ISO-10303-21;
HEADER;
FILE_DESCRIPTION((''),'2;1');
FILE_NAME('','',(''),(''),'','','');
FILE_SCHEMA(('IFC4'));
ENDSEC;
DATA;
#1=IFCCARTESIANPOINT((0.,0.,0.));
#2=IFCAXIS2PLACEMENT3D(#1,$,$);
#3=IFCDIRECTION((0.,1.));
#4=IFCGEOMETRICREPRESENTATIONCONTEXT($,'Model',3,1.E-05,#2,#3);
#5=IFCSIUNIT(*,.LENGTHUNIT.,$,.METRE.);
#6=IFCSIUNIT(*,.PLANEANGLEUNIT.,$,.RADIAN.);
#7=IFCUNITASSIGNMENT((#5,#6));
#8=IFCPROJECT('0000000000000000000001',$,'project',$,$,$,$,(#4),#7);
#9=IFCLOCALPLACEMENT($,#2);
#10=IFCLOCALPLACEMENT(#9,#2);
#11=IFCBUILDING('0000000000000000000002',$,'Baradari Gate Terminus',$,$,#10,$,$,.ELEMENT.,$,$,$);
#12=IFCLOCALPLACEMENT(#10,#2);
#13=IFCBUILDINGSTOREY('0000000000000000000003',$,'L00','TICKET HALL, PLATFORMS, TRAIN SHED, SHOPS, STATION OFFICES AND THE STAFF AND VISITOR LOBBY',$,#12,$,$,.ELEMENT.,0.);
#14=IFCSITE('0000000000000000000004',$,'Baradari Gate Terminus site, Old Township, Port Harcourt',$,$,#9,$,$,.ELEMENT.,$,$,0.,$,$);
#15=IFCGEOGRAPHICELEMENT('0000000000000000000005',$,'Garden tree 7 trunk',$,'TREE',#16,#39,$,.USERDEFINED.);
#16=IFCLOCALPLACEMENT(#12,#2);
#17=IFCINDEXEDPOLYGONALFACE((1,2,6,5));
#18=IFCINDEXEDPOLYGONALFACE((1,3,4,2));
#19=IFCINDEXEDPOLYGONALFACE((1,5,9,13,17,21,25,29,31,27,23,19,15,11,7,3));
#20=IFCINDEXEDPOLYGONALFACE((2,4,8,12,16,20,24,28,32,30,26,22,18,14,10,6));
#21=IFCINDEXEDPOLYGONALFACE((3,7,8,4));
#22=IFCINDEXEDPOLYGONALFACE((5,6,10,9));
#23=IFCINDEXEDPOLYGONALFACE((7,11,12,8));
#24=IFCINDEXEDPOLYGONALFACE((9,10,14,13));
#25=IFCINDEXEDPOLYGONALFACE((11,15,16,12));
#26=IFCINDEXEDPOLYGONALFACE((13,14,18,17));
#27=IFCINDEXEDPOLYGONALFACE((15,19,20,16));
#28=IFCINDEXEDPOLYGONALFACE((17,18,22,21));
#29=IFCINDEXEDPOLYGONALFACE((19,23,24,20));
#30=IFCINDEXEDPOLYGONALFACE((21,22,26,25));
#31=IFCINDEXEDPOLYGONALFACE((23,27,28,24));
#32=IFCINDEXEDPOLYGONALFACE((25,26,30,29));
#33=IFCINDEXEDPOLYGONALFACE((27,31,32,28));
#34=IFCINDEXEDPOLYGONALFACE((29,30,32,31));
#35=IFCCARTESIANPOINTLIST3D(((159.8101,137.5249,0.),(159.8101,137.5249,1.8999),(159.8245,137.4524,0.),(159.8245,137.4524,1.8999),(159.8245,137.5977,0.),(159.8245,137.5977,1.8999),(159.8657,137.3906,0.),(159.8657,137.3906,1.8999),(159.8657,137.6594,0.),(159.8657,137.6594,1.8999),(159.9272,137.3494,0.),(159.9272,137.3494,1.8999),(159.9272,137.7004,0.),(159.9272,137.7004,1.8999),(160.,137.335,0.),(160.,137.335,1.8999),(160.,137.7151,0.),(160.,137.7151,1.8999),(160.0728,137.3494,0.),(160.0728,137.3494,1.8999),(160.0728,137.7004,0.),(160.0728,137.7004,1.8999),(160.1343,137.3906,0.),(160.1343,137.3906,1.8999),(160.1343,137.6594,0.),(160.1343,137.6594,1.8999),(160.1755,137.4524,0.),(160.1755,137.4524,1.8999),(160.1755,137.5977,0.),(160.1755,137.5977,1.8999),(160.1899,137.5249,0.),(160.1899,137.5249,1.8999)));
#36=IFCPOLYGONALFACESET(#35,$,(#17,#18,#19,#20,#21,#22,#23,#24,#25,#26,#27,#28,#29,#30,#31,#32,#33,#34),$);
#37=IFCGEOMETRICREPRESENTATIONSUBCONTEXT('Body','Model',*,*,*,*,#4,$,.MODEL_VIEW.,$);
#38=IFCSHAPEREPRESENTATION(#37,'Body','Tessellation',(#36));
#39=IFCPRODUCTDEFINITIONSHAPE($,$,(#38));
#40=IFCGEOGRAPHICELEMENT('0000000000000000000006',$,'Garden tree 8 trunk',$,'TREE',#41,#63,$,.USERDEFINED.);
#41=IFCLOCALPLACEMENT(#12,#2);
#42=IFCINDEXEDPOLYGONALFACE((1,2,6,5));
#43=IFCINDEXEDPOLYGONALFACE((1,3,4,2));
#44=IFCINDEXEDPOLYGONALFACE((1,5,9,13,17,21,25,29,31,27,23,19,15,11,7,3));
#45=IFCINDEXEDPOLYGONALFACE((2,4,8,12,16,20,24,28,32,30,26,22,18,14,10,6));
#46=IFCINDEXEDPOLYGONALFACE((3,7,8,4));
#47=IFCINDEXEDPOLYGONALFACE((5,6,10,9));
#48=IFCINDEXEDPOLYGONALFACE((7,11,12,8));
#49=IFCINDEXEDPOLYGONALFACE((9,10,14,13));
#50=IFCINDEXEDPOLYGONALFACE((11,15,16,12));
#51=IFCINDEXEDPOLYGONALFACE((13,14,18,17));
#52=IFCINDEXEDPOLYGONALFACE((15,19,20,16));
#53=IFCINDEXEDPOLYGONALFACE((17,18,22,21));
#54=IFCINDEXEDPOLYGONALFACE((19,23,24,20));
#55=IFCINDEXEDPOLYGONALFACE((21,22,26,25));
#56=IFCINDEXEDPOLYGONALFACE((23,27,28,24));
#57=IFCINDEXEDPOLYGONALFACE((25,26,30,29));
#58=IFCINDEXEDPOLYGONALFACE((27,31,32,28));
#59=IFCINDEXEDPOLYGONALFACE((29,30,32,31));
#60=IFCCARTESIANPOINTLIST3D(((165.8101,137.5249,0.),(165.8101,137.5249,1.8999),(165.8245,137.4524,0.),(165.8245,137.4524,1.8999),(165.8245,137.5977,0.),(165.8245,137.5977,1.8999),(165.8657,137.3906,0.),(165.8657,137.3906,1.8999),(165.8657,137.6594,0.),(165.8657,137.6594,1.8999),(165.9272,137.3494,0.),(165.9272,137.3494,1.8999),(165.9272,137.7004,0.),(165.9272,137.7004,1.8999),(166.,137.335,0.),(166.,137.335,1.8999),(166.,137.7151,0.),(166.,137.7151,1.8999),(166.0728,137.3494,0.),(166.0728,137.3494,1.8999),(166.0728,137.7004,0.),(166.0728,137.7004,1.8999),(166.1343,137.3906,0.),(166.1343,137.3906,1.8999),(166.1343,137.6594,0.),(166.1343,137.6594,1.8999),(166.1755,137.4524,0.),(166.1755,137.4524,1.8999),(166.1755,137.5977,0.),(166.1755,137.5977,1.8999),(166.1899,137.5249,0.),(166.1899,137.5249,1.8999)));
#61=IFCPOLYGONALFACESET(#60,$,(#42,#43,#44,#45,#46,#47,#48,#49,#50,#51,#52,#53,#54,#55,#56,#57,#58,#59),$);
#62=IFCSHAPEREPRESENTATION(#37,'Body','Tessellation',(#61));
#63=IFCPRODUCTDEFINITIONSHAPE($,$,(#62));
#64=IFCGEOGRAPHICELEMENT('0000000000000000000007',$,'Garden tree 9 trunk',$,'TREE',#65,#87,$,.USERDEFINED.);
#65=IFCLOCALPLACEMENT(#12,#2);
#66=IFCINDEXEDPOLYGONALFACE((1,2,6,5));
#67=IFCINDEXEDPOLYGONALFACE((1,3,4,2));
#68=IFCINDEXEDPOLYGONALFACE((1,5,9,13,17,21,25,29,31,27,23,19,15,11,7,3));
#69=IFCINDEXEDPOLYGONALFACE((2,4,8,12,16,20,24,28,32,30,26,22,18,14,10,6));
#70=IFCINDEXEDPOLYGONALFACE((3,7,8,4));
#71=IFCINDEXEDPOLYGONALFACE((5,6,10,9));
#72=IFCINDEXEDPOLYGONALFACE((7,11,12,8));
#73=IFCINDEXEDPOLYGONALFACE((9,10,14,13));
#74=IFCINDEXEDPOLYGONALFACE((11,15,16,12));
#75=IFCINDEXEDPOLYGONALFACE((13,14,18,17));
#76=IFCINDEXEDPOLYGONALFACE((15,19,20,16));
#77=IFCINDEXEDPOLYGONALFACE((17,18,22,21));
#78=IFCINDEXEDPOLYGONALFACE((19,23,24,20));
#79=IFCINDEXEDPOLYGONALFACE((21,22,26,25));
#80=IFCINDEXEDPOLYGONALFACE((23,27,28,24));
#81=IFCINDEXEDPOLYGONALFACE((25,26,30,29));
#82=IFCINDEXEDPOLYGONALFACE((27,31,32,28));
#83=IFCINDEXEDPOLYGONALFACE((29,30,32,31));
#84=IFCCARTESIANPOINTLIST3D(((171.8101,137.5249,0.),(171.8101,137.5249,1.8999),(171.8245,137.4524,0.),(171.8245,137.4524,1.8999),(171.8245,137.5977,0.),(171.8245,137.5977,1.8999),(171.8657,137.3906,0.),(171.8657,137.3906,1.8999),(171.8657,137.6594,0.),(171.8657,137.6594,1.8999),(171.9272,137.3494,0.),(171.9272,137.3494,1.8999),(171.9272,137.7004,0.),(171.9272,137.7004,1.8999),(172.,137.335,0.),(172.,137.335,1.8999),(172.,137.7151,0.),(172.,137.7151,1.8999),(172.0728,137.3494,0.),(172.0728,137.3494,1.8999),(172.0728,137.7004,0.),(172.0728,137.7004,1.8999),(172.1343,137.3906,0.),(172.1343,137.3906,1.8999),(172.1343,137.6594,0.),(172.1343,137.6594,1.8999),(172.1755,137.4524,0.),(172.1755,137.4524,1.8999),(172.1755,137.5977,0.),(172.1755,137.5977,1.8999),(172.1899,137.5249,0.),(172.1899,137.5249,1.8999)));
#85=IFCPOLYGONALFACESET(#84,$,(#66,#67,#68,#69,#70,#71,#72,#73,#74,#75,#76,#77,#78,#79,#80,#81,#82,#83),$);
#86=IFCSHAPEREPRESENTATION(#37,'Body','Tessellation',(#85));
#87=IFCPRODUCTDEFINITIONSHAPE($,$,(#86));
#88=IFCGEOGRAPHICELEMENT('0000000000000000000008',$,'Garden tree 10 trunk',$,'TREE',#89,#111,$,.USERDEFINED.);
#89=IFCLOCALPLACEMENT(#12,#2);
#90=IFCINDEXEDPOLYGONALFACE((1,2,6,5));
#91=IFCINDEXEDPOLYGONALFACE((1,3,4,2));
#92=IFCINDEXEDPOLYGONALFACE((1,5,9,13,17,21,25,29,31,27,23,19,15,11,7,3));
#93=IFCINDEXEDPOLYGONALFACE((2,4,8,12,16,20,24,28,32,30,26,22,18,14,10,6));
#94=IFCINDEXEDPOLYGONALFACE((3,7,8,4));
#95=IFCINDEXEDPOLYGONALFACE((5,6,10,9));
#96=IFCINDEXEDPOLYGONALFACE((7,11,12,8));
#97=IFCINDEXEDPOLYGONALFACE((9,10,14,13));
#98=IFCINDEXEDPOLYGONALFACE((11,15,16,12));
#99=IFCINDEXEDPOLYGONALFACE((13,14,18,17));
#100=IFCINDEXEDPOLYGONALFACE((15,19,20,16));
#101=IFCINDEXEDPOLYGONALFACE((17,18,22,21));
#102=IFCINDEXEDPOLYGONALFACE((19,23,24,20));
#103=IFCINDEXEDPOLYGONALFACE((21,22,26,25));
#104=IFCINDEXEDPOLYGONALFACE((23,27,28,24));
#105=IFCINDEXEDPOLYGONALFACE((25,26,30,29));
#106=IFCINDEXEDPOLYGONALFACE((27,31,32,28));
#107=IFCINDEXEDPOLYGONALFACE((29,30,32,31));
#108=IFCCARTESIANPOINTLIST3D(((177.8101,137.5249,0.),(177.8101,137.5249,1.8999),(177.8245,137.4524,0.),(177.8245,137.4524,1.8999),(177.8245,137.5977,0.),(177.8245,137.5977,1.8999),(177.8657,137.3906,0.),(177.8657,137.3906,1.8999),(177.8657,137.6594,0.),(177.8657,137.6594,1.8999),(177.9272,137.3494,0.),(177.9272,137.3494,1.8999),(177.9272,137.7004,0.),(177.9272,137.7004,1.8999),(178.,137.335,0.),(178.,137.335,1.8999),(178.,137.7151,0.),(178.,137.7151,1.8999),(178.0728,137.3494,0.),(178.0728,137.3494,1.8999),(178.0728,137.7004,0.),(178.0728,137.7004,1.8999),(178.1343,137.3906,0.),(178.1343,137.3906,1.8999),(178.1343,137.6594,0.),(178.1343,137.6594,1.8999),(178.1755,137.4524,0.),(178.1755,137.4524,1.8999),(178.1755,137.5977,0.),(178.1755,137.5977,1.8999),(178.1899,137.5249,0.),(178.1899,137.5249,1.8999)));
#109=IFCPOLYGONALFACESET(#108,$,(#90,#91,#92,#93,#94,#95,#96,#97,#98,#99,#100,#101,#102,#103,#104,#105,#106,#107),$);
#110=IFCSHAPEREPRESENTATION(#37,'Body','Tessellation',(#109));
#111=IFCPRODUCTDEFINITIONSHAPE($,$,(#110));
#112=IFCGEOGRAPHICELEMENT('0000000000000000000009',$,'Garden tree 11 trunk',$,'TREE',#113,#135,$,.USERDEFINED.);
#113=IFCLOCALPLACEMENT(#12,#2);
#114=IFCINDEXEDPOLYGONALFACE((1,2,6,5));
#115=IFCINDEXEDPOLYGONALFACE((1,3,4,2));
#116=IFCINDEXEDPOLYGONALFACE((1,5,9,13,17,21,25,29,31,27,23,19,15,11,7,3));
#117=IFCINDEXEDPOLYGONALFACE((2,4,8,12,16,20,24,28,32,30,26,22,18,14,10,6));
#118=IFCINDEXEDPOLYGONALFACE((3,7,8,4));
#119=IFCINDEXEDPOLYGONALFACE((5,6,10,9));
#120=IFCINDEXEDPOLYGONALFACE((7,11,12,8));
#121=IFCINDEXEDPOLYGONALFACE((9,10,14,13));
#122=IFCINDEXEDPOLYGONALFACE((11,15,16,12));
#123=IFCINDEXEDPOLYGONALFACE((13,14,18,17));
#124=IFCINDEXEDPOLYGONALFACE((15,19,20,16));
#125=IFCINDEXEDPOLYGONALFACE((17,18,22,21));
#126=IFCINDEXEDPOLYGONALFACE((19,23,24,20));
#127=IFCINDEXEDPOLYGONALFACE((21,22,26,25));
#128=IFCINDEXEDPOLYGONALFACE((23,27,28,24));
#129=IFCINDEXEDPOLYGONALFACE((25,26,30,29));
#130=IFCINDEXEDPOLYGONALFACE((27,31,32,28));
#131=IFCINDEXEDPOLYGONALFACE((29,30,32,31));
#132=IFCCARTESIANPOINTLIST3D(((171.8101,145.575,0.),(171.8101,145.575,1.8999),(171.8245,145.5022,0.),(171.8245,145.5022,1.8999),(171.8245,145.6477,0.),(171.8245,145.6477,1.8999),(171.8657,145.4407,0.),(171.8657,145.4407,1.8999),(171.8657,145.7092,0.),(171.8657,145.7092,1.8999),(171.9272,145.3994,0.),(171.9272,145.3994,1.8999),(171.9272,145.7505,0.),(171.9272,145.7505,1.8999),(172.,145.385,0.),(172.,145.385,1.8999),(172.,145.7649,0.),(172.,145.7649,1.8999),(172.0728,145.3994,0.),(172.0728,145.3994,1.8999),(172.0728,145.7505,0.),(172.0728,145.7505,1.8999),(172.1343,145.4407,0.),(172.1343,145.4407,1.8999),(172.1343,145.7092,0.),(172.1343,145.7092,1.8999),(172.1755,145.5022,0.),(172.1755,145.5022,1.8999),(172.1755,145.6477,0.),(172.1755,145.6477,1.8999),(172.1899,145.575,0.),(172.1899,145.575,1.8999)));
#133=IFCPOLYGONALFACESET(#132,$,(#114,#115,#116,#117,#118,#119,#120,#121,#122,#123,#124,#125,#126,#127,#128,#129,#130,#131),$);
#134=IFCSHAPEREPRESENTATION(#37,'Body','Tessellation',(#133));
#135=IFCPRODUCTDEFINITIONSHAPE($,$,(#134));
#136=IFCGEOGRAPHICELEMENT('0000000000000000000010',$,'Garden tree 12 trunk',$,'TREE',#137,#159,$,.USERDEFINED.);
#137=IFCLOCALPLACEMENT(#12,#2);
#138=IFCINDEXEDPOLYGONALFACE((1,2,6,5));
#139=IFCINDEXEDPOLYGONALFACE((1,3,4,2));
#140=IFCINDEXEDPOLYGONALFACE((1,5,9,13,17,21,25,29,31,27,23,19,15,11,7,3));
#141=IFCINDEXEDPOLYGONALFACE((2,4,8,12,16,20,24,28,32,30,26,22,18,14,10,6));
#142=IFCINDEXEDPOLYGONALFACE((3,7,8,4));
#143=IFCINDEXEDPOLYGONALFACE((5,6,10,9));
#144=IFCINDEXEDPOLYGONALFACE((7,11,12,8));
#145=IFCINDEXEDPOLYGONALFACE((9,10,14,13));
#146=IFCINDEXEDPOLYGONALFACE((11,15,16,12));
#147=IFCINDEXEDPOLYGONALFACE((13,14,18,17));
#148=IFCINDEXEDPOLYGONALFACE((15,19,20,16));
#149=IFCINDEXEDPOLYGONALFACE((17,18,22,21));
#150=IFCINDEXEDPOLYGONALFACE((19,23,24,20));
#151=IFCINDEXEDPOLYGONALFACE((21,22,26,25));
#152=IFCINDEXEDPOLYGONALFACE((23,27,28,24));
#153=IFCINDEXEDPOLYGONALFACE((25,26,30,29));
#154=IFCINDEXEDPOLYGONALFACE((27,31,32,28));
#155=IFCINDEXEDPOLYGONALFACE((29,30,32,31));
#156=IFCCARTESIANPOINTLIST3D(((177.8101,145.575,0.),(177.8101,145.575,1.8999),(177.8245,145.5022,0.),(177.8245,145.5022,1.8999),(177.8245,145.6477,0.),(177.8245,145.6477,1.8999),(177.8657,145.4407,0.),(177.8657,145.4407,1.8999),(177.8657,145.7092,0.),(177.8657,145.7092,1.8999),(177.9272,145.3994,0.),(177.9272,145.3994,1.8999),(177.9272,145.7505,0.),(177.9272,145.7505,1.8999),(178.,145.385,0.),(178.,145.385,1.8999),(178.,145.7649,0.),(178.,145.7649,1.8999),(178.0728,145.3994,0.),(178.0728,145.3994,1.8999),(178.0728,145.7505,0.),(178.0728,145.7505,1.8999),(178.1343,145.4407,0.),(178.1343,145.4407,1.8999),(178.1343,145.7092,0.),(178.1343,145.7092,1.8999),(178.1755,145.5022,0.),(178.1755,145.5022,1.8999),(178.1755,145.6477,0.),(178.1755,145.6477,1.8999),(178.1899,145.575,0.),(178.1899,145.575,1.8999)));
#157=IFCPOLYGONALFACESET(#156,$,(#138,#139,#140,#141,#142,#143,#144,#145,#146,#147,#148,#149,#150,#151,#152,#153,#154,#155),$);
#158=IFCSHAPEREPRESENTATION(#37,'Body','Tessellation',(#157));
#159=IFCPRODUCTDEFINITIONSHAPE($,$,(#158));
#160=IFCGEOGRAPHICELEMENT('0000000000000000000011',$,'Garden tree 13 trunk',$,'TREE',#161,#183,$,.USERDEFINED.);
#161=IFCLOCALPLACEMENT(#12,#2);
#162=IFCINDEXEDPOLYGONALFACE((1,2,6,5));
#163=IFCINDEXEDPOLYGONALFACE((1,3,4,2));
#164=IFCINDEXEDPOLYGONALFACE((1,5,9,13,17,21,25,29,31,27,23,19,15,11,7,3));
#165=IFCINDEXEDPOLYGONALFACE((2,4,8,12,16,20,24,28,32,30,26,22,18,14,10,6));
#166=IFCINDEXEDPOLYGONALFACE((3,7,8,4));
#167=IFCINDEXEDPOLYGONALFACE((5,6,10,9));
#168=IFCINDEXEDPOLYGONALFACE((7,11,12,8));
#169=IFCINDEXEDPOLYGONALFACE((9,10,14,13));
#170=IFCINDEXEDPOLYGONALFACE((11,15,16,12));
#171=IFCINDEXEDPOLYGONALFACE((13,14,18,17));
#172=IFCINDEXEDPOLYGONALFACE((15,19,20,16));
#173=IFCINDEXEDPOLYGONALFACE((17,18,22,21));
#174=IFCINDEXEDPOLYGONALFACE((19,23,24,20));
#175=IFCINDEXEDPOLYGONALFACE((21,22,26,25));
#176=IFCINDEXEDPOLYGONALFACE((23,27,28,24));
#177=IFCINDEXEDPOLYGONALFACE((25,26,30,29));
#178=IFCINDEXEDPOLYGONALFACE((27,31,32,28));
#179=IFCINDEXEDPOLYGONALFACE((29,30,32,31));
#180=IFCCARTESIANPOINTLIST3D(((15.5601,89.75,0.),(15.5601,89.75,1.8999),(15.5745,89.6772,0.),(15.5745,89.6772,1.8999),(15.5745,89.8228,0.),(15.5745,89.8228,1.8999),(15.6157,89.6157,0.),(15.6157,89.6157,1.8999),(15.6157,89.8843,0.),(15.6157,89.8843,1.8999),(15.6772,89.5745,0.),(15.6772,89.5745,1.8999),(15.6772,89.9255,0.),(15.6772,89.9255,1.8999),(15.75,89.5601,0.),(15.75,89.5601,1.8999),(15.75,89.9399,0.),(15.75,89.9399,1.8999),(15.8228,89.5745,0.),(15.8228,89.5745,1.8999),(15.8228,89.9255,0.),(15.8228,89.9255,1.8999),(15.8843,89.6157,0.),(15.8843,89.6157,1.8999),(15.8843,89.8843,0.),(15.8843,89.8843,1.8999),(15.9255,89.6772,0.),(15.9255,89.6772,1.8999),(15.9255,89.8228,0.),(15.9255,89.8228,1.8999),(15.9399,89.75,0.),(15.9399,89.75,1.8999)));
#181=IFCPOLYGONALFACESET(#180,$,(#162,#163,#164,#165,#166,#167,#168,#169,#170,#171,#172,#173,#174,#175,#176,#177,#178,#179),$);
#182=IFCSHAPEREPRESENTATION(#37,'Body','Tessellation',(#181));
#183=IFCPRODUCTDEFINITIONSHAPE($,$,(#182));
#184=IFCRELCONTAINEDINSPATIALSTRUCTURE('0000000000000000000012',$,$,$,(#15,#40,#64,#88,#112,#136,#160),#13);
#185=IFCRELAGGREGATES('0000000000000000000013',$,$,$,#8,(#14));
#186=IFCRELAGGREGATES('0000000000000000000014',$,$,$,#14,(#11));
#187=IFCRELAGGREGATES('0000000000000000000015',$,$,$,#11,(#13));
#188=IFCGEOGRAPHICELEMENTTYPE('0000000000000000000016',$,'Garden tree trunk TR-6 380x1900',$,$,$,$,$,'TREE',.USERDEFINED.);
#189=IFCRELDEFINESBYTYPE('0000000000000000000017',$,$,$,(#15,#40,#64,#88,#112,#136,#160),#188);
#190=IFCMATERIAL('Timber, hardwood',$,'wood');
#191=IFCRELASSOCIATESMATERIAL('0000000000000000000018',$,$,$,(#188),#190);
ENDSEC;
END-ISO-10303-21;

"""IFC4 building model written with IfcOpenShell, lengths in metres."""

from ifc_helpers import new_model, si_unit, direction, origin, place, context, subcontext, project, spatial, polyline, outline, extrude, material, type_object, element, save


model = new_model("IFC4")

# Units and contexts
model_context = context("Model", 3, precision=1e-05, world=origin(), true_north=direction((0.0, 1.0)))
body_context = subcontext(model_context, "Body", "Model", "MODEL_VIEW")
ifc_project = project(units=[si_unit("LENGTHUNIT", "METRE"), si_unit("PLANEANGLEUNIT", "RADIAN")], contexts=[model_context])

# Site, building, storey
site_placement = place(None, origin())
site = spatial("IfcSite", under=ifc_project, at=site_placement, Name="Baradari Gate Terminus site, Old Township, Port Harcourt", CompositionType="ELEMENT", RefElevation=0.0)
building_placement = place(site_placement, origin())
building = spatial("IfcBuilding", under=site, at=building_placement, Name="Baradari Gate Terminus", CompositionType="ELEMENT")
storey_placement = place(building_placement, origin())
storey = spatial("IfcBuildingStorey", under=building, at=storey_placement, Name="L00", Description="TICKET HALL, PLATFORMS, TRAIN SHED, SHOPS, STATION OFFICES AND THE STAFF AND VISITOR LOBBY", CompositionType="ELEMENT", Elevation=0.0)

# Geographic elements
ifc_material_1 = material(Name="Timber, hardwood", Category="wood")
geographic_element_type_1 = type_object("IfcGeographicElementType", Name="Garden tree trunk TR-6 380x1900", ElementType="TREE", PredefinedType="USERDEFINED", material=ifc_material_1)
geographic_element_1_placement = place(storey_placement, origin())
element("IfcGeographicElement", 1, at=geographic_element_1_placement, inside=storey, type_object=geographic_element_type_1, Name="Garden tree 7 trunk", ObjectType="TREE", PredefinedType="USERDEFINED", context=body_context, shape_type="SweptSolid", body=[
    extrude(outline(polyline([(160.1899, 137.5249), (160.1755, 137.5977), (160.1343, 137.6594), (160.0728, 137.7004), (160.0, 137.7151), (159.9272, 137.7004), (159.8657, 137.6594), (159.8245, 137.5977), (159.8101, 137.5249), (159.8245, 137.4524), (159.8657, 137.3906), (159.9272, 137.3494), (160.0, 137.335), (160.0728, 137.3494), (160.1343, 137.3906), (160.1755, 137.4524), (160.1899, 137.5249)])), origin(), (0.0, 0.0, 1.0), 1.8999),
])
geographic_element_2_placement = place(storey_placement, origin())
element("IfcGeographicElement", 2, at=geographic_element_2_placement, inside=storey, type_object=geographic_element_type_1, Name="Garden tree 8 trunk", ObjectType="TREE", PredefinedType="USERDEFINED", context=body_context, shape_type="SweptSolid", body=[
    extrude(outline(polyline([(166.1899, 137.5249), (166.1755, 137.5977), (166.1343, 137.6594), (166.0728, 137.7004), (166.0, 137.7151), (165.9272, 137.7004), (165.8657, 137.6594), (165.8245, 137.5977), (165.8101, 137.5249), (165.8245, 137.4524), (165.8657, 137.3906), (165.9272, 137.3494), (166.0, 137.335), (166.0728, 137.3494), (166.1343, 137.3906), (166.1755, 137.4524), (166.1899, 137.5249)])), origin(), (0.0, 0.0, 1.0), 1.8999),
])
geographic_element_3_placement = place(storey_placement, origin())
element("IfcGeographicElement", 3, at=geographic_element_3_placement, inside=storey, type_object=geographic_element_type_1, Name="Garden tree 9 trunk", ObjectType="TREE", PredefinedType="USERDEFINED", context=body_context, shape_type="SweptSolid", body=[
    extrude(outline(polyline([(172.1899, 137.5249), (172.1755, 137.5977), (172.1343, 137.6594), (172.0728, 137.7004), (172.0, 137.7151), (171.9272, 137.7004), (171.8657, 137.6594), (171.8245, 137.5977), (171.8101, 137.5249), (171.8245, 137.4524), (171.8657, 137.3906), (171.9272, 137.3494), (172.0, 137.335), (172.0728, 137.3494), (172.1343, 137.3906), (172.1755, 137.4524), (172.1899, 137.5249)])), origin(), (0.0, 0.0, 1.0), 1.8999),
])
geographic_element_4_placement = place(storey_placement, origin())
element("IfcGeographicElement", 4, at=geographic_element_4_placement, inside=storey, type_object=geographic_element_type_1, Name="Garden tree 10 trunk", ObjectType="TREE", PredefinedType="USERDEFINED", context=body_context, shape_type="SweptSolid", body=[
    extrude(outline(polyline([(178.1899, 137.5249), (178.1755, 137.5977), (178.1343, 137.6594), (178.0728, 137.7004), (178.0, 137.7151), (177.9272, 137.7004), (177.8657, 137.6594), (177.8245, 137.5977), (177.8101, 137.5249), (177.8245, 137.4524), (177.8657, 137.3906), (177.9272, 137.3494), (178.0, 137.335), (178.0728, 137.3494), (178.1343, 137.3906), (178.1755, 137.4524), (178.1899, 137.5249)])), origin(), (0.0, 0.0, 1.0), 1.8999),
])
geographic_element_5_placement = place(storey_placement, origin())
element("IfcGeographicElement", 5, at=geographic_element_5_placement, inside=storey, type_object=geographic_element_type_1, Name="Garden tree 11 trunk", ObjectType="TREE", PredefinedType="USERDEFINED", context=body_context, shape_type="SweptSolid", body=[
    extrude(outline(polyline([(172.1899, 145.575), (172.1755, 145.6477), (172.1343, 145.7092), (172.0728, 145.7505), (172.0, 145.7649), (171.9272, 145.7505), (171.8657, 145.7092), (171.8245, 145.6477), (171.8101, 145.575), (171.8245, 145.5022), (171.8657, 145.4407), (171.9272, 145.3994), (172.0, 145.385), (172.0728, 145.3994), (172.1343, 145.4407), (172.1755, 145.5022), (172.1899, 145.575)])), origin(), (0.0, 0.0, 1.0), 1.8999),
])
geographic_element_6_placement = place(storey_placement, origin())
element("IfcGeographicElement", 6, at=geographic_element_6_placement, inside=storey, type_object=geographic_element_type_1, Name="Garden tree 12 trunk", ObjectType="TREE", PredefinedType="USERDEFINED", context=body_context, shape_type="SweptSolid", body=[
    extrude(outline(polyline([(178.1899, 145.575), (178.1755, 145.6477), (178.1343, 145.7092), (178.0728, 145.7505), (178.0, 145.7649), (177.9272, 145.7505), (177.8657, 145.7092), (177.8245, 145.6477), (177.8101, 145.575), (177.8245, 145.5022), (177.8657, 145.4407), (177.9272, 145.3994), (178.0, 145.385), (178.0728, 145.3994), (178.1343, 145.4407), (178.1755, 145.5022), (178.1899, 145.575)])), origin(), (0.0, 0.0, 1.0), 1.8999),
])
geographic_element_7_placement = place(storey_placement, origin())
element("IfcGeographicElement", 7, at=geographic_element_7_placement, inside=storey, type_object=geographic_element_type_1, Name="Garden tree 13 trunk", ObjectType="TREE", PredefinedType="USERDEFINED", context=body_context, shape_type="SweptSolid", body=[
    extrude(outline(polyline([(15.9399, 89.75), (15.9255, 89.8228), (15.8843, 89.8843), (15.8228, 89.9255), (15.75, 89.9399), (15.6772, 89.9255), (15.6157, 89.8843), (15.5745, 89.8228), (15.5601, 89.75), (15.5745, 89.6772), (15.6157, 89.6157), (15.6772, 89.5745), (15.75, 89.5601), (15.8228, 89.5745), (15.8843, 89.6157), (15.9255, 89.6772), (15.9399, 89.75)])), origin(), (0.0, 0.0, 1.0), 1.8999),
])

save(model, "model.ifc")
